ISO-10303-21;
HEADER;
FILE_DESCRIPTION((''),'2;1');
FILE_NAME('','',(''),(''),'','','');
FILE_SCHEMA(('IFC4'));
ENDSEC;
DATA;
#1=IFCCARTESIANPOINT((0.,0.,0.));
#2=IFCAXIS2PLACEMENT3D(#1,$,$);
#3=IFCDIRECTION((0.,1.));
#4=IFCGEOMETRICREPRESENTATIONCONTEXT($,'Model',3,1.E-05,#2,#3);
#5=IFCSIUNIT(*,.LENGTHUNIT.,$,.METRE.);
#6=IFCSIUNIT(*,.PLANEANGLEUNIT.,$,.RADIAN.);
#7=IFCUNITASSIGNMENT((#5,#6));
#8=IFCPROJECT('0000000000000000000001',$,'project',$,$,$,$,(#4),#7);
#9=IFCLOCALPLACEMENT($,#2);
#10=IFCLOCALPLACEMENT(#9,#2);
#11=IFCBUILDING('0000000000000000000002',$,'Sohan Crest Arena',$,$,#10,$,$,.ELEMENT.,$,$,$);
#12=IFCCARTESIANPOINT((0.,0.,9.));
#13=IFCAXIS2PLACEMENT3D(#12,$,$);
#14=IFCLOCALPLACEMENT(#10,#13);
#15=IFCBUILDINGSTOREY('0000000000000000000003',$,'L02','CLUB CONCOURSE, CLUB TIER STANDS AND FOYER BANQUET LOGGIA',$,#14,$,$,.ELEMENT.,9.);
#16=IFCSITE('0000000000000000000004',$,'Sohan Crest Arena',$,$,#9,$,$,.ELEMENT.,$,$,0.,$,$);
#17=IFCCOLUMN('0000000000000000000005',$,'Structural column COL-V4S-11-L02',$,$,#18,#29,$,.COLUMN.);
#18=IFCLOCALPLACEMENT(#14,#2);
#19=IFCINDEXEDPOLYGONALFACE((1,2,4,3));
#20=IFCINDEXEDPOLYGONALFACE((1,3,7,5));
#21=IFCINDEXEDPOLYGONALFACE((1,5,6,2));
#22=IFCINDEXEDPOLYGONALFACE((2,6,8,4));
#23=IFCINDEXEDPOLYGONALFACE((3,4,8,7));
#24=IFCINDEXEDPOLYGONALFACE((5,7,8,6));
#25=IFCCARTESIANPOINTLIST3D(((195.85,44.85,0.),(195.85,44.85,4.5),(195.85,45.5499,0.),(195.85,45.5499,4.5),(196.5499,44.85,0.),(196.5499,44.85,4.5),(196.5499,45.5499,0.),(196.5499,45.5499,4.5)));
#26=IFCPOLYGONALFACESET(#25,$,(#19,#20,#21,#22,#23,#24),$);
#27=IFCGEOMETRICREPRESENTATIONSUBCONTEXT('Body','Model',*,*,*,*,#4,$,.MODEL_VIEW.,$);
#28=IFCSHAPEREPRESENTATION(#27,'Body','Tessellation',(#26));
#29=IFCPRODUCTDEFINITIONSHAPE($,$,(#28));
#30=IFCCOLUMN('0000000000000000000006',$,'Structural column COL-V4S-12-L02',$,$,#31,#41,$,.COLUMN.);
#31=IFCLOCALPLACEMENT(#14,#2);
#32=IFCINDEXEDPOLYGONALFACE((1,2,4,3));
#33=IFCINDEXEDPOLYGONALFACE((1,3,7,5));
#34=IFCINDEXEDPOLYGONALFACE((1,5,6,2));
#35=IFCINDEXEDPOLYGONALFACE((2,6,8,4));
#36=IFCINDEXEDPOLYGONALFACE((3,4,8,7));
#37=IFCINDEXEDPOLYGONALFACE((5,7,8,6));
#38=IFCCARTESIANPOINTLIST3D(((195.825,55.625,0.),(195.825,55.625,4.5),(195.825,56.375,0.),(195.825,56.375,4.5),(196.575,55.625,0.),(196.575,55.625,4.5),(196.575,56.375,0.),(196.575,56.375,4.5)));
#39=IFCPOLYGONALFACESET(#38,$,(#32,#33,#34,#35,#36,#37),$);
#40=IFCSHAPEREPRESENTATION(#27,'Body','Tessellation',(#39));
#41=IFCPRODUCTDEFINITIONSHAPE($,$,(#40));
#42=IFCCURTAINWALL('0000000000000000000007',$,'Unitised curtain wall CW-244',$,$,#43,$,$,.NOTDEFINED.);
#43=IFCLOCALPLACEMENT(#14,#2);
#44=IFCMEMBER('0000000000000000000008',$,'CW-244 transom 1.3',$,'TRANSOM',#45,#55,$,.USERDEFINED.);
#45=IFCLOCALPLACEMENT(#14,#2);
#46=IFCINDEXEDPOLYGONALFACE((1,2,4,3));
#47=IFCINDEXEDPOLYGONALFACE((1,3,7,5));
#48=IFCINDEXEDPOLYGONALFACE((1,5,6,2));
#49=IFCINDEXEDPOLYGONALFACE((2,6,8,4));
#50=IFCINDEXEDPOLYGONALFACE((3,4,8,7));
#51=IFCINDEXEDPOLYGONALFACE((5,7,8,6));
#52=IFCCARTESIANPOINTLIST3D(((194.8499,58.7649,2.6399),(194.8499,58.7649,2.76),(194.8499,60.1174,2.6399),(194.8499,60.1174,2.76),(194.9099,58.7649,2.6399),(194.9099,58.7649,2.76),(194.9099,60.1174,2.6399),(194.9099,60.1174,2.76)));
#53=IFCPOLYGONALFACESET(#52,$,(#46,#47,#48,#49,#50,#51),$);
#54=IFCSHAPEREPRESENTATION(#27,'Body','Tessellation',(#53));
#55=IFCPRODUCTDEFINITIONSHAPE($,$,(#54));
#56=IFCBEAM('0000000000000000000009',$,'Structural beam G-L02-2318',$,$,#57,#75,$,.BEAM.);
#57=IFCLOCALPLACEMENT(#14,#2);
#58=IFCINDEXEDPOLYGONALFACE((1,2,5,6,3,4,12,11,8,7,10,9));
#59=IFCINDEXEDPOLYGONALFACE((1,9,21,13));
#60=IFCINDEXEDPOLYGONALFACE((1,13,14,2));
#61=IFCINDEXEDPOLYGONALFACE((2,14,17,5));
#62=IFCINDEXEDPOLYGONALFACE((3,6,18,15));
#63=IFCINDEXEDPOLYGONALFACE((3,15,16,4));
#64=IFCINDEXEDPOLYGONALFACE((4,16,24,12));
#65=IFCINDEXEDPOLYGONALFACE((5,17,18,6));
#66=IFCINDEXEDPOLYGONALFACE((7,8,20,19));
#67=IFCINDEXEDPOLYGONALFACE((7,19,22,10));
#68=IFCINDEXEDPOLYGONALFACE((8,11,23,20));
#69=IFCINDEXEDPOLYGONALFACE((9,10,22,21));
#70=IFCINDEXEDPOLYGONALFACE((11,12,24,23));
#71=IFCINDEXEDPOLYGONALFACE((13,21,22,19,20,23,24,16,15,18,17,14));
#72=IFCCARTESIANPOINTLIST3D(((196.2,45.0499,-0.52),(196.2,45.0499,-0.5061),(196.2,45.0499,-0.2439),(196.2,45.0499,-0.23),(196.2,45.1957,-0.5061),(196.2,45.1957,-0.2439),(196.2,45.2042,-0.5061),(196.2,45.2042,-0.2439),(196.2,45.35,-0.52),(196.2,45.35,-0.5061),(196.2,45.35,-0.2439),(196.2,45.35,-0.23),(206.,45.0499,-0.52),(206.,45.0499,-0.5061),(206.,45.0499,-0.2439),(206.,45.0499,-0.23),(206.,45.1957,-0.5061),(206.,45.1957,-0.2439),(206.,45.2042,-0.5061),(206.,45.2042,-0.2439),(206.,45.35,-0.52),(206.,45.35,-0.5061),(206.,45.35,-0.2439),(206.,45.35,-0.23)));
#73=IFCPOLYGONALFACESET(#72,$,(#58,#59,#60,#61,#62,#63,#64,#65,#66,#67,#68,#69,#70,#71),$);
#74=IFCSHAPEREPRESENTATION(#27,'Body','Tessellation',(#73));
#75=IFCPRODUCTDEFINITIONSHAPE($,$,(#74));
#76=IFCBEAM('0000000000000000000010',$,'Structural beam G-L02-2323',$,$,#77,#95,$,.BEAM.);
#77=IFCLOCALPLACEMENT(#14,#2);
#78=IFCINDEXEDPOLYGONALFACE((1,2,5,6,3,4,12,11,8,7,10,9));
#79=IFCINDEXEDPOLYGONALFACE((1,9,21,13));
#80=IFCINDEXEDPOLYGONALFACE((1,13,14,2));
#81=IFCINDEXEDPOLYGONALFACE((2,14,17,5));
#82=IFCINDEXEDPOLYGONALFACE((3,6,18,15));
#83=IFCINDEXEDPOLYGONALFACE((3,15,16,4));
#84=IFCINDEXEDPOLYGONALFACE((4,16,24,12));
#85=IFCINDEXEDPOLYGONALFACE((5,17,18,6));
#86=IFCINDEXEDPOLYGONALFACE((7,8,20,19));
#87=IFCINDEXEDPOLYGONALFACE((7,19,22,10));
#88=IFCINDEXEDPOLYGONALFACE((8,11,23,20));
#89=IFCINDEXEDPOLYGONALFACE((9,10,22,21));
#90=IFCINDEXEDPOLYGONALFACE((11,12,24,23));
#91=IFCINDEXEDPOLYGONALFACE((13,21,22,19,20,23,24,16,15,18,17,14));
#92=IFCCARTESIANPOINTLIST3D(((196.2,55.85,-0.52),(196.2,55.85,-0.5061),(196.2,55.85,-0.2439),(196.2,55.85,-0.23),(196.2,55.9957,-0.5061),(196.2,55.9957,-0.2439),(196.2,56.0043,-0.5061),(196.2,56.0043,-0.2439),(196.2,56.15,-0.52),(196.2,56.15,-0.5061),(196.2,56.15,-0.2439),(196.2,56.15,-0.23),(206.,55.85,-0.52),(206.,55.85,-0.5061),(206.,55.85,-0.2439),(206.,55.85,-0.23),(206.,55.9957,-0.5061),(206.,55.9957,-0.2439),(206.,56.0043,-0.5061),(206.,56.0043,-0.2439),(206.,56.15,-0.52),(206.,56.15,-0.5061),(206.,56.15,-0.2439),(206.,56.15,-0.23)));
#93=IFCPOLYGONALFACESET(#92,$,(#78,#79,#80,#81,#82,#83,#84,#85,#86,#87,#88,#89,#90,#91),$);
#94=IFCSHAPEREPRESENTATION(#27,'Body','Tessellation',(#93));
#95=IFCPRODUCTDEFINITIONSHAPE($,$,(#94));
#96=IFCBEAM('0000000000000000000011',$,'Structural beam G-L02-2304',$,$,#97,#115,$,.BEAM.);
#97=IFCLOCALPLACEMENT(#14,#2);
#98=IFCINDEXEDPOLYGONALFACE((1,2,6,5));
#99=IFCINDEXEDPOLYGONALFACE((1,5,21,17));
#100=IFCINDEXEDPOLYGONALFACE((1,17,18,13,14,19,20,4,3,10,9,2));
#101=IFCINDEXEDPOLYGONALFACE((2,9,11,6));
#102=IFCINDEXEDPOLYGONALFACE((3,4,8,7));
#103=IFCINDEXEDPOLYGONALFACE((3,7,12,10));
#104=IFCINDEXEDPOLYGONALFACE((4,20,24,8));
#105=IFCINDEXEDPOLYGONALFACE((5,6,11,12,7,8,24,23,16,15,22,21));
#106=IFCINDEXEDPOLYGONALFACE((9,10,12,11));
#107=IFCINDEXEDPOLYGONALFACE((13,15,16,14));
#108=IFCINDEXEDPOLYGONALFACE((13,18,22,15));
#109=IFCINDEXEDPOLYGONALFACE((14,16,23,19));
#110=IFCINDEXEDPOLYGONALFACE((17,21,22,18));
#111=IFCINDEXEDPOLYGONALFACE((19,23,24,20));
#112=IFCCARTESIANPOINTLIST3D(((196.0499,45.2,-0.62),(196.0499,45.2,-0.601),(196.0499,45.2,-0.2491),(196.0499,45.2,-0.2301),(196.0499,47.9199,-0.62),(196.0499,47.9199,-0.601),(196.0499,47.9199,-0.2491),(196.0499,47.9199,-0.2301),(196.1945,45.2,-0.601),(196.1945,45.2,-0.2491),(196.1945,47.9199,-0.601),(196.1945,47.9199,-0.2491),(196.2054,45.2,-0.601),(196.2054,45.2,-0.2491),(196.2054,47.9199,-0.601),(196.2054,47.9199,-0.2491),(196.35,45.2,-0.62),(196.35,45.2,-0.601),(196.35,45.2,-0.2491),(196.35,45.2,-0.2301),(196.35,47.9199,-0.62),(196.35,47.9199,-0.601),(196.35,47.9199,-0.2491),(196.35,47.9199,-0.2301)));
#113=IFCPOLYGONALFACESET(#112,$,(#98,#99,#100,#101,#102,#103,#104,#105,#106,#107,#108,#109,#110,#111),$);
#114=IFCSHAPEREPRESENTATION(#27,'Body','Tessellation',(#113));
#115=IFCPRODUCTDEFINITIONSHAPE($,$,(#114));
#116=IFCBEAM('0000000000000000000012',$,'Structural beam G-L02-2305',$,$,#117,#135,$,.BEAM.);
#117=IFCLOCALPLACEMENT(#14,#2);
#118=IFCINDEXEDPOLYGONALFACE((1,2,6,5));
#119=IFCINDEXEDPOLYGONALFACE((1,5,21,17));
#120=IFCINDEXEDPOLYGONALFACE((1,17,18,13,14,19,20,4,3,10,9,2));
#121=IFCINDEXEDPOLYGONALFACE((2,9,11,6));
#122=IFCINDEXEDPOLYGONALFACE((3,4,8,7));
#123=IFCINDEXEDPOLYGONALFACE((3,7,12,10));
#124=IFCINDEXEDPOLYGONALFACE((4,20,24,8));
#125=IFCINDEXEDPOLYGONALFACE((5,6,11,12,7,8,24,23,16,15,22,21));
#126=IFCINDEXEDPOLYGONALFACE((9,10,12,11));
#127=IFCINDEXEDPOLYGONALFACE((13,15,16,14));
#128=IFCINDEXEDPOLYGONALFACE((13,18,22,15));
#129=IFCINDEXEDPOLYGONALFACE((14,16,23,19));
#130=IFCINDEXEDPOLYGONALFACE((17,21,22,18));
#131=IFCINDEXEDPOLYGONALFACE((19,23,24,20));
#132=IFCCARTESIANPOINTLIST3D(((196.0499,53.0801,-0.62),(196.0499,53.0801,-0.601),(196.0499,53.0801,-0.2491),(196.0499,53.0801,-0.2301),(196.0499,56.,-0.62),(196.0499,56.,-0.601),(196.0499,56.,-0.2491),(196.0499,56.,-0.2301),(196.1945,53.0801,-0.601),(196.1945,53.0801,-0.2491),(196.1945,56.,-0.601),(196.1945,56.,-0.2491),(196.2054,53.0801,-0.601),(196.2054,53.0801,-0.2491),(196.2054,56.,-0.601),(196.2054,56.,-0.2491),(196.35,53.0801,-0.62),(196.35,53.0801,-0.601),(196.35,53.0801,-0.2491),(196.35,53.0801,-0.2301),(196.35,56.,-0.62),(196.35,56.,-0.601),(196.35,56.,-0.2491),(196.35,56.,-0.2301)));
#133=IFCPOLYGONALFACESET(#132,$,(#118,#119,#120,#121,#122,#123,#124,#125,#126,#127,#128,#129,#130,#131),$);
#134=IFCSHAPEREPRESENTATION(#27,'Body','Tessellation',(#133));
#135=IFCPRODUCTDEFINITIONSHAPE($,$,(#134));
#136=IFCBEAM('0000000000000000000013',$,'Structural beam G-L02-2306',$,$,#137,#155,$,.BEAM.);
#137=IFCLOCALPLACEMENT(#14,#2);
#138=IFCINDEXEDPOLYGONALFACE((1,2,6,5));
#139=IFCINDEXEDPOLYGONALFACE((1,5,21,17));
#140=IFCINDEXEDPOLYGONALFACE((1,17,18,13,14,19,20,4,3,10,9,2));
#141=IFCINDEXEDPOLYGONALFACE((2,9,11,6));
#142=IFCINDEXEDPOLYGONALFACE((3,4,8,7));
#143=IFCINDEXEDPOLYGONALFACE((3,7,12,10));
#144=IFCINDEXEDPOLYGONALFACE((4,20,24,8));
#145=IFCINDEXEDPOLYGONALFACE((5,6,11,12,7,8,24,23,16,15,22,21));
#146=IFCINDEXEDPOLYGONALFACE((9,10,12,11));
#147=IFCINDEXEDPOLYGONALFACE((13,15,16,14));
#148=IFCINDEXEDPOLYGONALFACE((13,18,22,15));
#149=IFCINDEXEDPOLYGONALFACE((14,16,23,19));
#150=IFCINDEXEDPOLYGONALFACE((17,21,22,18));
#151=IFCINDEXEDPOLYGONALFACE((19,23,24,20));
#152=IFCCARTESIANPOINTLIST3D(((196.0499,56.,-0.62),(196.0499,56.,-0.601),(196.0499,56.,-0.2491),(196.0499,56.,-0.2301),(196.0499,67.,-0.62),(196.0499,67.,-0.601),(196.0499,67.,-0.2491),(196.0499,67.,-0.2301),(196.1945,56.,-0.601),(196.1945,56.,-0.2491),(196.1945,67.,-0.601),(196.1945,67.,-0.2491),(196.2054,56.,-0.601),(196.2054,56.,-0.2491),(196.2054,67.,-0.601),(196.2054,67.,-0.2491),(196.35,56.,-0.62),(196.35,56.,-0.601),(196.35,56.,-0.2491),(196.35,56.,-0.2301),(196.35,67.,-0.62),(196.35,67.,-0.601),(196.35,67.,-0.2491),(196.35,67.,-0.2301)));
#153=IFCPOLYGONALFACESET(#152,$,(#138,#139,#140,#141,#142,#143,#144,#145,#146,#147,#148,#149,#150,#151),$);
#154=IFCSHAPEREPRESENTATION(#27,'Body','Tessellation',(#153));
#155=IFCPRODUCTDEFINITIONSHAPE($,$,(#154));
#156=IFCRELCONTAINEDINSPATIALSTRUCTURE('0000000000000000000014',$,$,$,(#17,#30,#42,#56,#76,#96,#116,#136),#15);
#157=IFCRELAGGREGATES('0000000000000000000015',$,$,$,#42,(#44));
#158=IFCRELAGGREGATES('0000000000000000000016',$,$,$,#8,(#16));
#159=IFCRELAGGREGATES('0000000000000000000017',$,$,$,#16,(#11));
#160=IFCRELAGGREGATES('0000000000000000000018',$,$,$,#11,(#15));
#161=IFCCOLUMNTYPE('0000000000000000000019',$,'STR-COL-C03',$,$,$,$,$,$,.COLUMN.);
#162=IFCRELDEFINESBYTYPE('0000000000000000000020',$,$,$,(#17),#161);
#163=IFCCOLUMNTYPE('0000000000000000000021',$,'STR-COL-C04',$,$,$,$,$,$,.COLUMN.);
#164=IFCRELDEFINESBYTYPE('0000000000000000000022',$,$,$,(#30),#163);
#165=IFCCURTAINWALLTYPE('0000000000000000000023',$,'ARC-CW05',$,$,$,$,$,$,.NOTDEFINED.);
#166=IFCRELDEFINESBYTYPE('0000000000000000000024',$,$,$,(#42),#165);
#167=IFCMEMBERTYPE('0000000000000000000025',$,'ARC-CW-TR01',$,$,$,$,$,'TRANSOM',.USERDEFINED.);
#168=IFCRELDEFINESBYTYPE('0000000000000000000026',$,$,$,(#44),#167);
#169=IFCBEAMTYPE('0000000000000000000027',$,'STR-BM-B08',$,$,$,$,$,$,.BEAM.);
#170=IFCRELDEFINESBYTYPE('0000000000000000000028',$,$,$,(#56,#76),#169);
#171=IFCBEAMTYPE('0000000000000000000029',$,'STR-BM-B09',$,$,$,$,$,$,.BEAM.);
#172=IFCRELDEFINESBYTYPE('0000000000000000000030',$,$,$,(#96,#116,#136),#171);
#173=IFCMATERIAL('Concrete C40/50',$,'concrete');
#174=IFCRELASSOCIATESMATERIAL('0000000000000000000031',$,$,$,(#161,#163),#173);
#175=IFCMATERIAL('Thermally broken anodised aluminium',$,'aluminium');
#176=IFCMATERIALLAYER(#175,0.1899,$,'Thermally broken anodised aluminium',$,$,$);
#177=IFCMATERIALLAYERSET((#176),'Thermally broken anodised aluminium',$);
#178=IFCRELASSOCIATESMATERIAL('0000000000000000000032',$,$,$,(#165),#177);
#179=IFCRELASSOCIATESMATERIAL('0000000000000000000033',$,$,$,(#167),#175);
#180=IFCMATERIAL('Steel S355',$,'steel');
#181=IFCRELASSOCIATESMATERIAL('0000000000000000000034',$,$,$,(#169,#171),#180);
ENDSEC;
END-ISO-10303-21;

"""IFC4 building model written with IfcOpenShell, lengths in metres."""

from ifc_helpers import new_model, si_unit, direction, frame, origin, origin_2d, place, context, subcontext, project, spatial, rectangle, i_section, extrude, material, layer, layer_set, material_profile, profile_set, type_object, element, aggregate, save


model = new_model("IFC4")

# Units and contexts
model_context = context("Model", 3, precision=1e-05, world=origin(), true_north=direction((0.0, 1.0)))
body_context = subcontext(model_context, "Body", "Model", "MODEL_VIEW")
ifc_project = project(units=[si_unit("LENGTHUNIT", "METRE"), si_unit("PLANEANGLEUNIT", "RADIAN")], contexts=[model_context])

# Site, building, storey
site_placement = place(None, origin())
site = spatial("IfcSite", under=ifc_project, at=site_placement, Name="Sohan Crest Arena", CompositionType="ELEMENT", RefElevation=0.0)
building_placement = place(site_placement, origin())
building = spatial("IfcBuilding", under=site, at=building_placement, Name="Sohan Crest Arena", CompositionType="ELEMENT")
storey_placement = place(building_placement, frame((0.0, 0.0, 9.0)))
storey = spatial("IfcBuildingStorey", under=building, at=storey_placement, Name="L02", Description="CLUB CONCOURSE, CLUB TIER STANDS AND FOYER BANQUET LOGGIA", CompositionType="ELEMENT", Elevation=9.0)

# Columns
ifc_material_1 = material(Name="Concrete C40/50", Category="concrete")
ifc_material_profile_1 = material_profile(ifc_material_1, rectangle(XDim=0.7, YDim=0.7, at=origin_2d()), Name="RC 700x700")
ifc_profile_set_1 = profile_set([ifc_material_profile_1], Name="Concrete C40/50")
column_type_1 = type_object("IfcColumnType", Name="STR-COL-C03", PredefinedType="COLUMN", material=ifc_profile_set_1)
column_1_placement = place(storey_placement, frame((196.2, 45.2, 0.0), z_axis=(0.0, 0.0, 1.0), x_axis=(1.0, 0.0, 0.0)))
element("IfcColumn", 1, at=column_1_placement, inside=storey, type_object=column_type_1, Name="Structural column COL-V4S-11-L02", PredefinedType="COLUMN", context=body_context, shape_type="SweptSolid", body=[
    extrude(rectangle(XDim=0.7, YDim=0.7, at=origin_2d()), origin(), (0.0, 0.0, 1.0), 4.5),
])
ifc_material_profile_2 = material_profile(ifc_material_1, rectangle(XDim=0.75, YDim=0.75, at=origin_2d()), Name="RC 750x750")
ifc_profile_set_2 = profile_set([ifc_material_profile_2], Name="Concrete C40/50")
column_type_2 = type_object("IfcColumnType", Name="STR-COL-C04", PredefinedType="COLUMN", material=ifc_profile_set_2)
column_2_placement = place(storey_placement, frame((196.2, 56.0, 0.0), z_axis=(0.0, 0.0, 1.0), x_axis=(1.0, 0.0, 0.0)))
element("IfcColumn", 2, at=column_2_placement, inside=storey, type_object=column_type_2, Name="Structural column COL-V4S-12-L02", PredefinedType="COLUMN", context=body_context, shape_type="SweptSolid", body=[
    extrude(rectangle(XDim=0.75, YDim=0.75, at=origin_2d()), origin(), (0.0, 0.0, 1.0), 4.5),
])

# Curtain wall, member
ifc_material_2 = material(Name="Thermally broken anodised aluminium", Category="aluminium")
ifc_layer_1 = layer(ifc_material_2, 0.1899, Name="Thermally broken anodised aluminium")
ifc_layer_set_1 = layer_set([ifc_layer_1], Name="Thermally broken anodised aluminium")
curtain_wall_type = type_object("IfcCurtainWallType", Name="ARC-CW05", PredefinedType="NOTDEFINED", material=ifc_layer_set_1)
curtain_wall_placement = place(storey_placement, origin())
curtain_wall = element("IfcCurtainWall", 3, at=curtain_wall_placement, inside=storey, type_object=curtain_wall_type, Name="Unitised curtain wall CW-244", PredefinedType="NOTDEFINED")
ifc_material_profile_3 = material_profile(ifc_material_2, rectangle(XDim=0.0601, YDim=0.1201, at=origin_2d()), Name="ALU-TRAN 60x120")
ifc_profile_set_3 = profile_set([ifc_material_profile_3], Name="Thermally broken anodised aluminium")
member_type = type_object("IfcMemberType", Name="ARC-CW-TR01", ElementType="TRANSOM", PredefinedType="USERDEFINED", material=ifc_profile_set_3)
member_placement = place(storey_placement, frame((194.8799, 58.7649, 2.7), z_axis=(0.0, 1.0, 0.0), x_axis=(-1.0, 0.0, 0.0)))
member = element("IfcMember", 4, at=member_placement, type_object=member_type, Name="CW-244 transom 1.3", ObjectType="TRANSOM", PredefinedType="USERDEFINED", context=body_context, shape_type="SweptSolid", body=[
    extrude(rectangle(XDim=0.0601, YDim=0.1201, at=origin_2d()), origin(), (0.0, 0.0, 1.0), 1.3525),
])
aggregate(curtain_wall, [member])

# Beams
ifc_material_3 = material(Name="Steel S355", Category="steel")
ifc_material_profile_4 = material_profile(ifc_material_3, i_section(OverallWidth=0.3, OverallDepth=0.29, WebThickness=0.0085, FlangeThickness=0.0139, at=origin_2d()), Name="HEA 300")
ifc_profile_set_4 = profile_set([ifc_material_profile_4], Name="Steel S355")
beam_type_1 = type_object("IfcBeamType", Name="STR-BM-B08", PredefinedType="BEAM", material=ifc_profile_set_4)
for number, where, z_axis, x_axis, name in (
    (5, (196.2, 45.2, -0.375), (1.0, 0.0, 0.0), (0.0, 1.0, 0.0), "Structural beam G-L02-2318"),
    (6, (196.2, 56.0, -0.375), (1.0, 0.0, 0.0), (0.0, 1.0, 0.0), "Structural beam G-L02-2323"),
):
    element("IfcBeam", number, at=place(storey_placement, frame(where, z_axis=z_axis, x_axis=x_axis)), inside=storey, type_object=beam_type_1, Name=name, PredefinedType="BEAM", context=body_context, shape_type="SweptSolid", body=[
        extrude(i_section(OverallWidth=0.3, OverallDepth=0.29, WebThickness=0.0085, FlangeThickness=0.0139, at=origin_2d()), origin(), (0.0, 0.0, 1.0), 9.8),
    ])
ifc_material_profile_5 = material_profile(ifc_material_3, i_section(OverallWidth=0.3, OverallDepth=0.3899, WebThickness=0.011, FlangeThickness=0.019, at=origin_2d()), Name="HEA 400")
ifc_profile_set_5 = profile_set([ifc_material_profile_5], Name="Steel S355")
beam_type_2 = type_object("IfcBeamType", Name="STR-BM-B09", PredefinedType="BEAM", material=ifc_profile_set_5)
beam_1_placement = place(storey_placement, frame((196.2, 45.2, -0.425), z_axis=(0.0, 1.0, 0.0), x_axis=(-1.0, 0.0, 0.0)))
element("IfcBeam", 7, at=beam_1_placement, inside=storey, type_object=beam_type_2, Name="Structural beam G-L02-2304", PredefinedType="BEAM", context=body_context, shape_type="SweptSolid", body=[
    extrude(i_section(OverallWidth=0.3, OverallDepth=0.3899, WebThickness=0.011, FlangeThickness=0.019, at=origin_2d()), origin(), (0.0, 0.0, 1.0), 2.72),
])
beam_2_placement = place(storey_placement, frame((196.2, 53.0801, -0.425), z_axis=(0.0, 1.0, 0.0), x_axis=(-1.0, 0.0, 0.0)))
element("IfcBeam", 8, at=beam_2_placement, inside=storey, type_object=beam_type_2, Name="Structural beam G-L02-2305", PredefinedType="BEAM", context=body_context, shape_type="SweptSolid", body=[
    extrude(i_section(OverallWidth=0.3, OverallDepth=0.3899, WebThickness=0.011, FlangeThickness=0.019, at=origin_2d()), origin(), (0.0, 0.0, 1.0), 2.9199),
])
beam_3_placement = place(storey_placement, frame((196.2, 56.0, -0.425), z_axis=(0.0, 1.0, 0.0), x_axis=(-1.0, 0.0, 0.0)))
element("IfcBeam", 9, at=beam_3_placement, inside=storey, type_object=beam_type_2, Name="Structural beam G-L02-2306", PredefinedType="BEAM", context=body_context, shape_type="SweptSolid", body=[
    extrude(i_section(OverallWidth=0.3, OverallDepth=0.3899, WebThickness=0.011, FlangeThickness=0.019, at=origin_2d()), origin(), (0.0, 0.0, 1.0), 11.0),
])

save(model, "model.ifc")
